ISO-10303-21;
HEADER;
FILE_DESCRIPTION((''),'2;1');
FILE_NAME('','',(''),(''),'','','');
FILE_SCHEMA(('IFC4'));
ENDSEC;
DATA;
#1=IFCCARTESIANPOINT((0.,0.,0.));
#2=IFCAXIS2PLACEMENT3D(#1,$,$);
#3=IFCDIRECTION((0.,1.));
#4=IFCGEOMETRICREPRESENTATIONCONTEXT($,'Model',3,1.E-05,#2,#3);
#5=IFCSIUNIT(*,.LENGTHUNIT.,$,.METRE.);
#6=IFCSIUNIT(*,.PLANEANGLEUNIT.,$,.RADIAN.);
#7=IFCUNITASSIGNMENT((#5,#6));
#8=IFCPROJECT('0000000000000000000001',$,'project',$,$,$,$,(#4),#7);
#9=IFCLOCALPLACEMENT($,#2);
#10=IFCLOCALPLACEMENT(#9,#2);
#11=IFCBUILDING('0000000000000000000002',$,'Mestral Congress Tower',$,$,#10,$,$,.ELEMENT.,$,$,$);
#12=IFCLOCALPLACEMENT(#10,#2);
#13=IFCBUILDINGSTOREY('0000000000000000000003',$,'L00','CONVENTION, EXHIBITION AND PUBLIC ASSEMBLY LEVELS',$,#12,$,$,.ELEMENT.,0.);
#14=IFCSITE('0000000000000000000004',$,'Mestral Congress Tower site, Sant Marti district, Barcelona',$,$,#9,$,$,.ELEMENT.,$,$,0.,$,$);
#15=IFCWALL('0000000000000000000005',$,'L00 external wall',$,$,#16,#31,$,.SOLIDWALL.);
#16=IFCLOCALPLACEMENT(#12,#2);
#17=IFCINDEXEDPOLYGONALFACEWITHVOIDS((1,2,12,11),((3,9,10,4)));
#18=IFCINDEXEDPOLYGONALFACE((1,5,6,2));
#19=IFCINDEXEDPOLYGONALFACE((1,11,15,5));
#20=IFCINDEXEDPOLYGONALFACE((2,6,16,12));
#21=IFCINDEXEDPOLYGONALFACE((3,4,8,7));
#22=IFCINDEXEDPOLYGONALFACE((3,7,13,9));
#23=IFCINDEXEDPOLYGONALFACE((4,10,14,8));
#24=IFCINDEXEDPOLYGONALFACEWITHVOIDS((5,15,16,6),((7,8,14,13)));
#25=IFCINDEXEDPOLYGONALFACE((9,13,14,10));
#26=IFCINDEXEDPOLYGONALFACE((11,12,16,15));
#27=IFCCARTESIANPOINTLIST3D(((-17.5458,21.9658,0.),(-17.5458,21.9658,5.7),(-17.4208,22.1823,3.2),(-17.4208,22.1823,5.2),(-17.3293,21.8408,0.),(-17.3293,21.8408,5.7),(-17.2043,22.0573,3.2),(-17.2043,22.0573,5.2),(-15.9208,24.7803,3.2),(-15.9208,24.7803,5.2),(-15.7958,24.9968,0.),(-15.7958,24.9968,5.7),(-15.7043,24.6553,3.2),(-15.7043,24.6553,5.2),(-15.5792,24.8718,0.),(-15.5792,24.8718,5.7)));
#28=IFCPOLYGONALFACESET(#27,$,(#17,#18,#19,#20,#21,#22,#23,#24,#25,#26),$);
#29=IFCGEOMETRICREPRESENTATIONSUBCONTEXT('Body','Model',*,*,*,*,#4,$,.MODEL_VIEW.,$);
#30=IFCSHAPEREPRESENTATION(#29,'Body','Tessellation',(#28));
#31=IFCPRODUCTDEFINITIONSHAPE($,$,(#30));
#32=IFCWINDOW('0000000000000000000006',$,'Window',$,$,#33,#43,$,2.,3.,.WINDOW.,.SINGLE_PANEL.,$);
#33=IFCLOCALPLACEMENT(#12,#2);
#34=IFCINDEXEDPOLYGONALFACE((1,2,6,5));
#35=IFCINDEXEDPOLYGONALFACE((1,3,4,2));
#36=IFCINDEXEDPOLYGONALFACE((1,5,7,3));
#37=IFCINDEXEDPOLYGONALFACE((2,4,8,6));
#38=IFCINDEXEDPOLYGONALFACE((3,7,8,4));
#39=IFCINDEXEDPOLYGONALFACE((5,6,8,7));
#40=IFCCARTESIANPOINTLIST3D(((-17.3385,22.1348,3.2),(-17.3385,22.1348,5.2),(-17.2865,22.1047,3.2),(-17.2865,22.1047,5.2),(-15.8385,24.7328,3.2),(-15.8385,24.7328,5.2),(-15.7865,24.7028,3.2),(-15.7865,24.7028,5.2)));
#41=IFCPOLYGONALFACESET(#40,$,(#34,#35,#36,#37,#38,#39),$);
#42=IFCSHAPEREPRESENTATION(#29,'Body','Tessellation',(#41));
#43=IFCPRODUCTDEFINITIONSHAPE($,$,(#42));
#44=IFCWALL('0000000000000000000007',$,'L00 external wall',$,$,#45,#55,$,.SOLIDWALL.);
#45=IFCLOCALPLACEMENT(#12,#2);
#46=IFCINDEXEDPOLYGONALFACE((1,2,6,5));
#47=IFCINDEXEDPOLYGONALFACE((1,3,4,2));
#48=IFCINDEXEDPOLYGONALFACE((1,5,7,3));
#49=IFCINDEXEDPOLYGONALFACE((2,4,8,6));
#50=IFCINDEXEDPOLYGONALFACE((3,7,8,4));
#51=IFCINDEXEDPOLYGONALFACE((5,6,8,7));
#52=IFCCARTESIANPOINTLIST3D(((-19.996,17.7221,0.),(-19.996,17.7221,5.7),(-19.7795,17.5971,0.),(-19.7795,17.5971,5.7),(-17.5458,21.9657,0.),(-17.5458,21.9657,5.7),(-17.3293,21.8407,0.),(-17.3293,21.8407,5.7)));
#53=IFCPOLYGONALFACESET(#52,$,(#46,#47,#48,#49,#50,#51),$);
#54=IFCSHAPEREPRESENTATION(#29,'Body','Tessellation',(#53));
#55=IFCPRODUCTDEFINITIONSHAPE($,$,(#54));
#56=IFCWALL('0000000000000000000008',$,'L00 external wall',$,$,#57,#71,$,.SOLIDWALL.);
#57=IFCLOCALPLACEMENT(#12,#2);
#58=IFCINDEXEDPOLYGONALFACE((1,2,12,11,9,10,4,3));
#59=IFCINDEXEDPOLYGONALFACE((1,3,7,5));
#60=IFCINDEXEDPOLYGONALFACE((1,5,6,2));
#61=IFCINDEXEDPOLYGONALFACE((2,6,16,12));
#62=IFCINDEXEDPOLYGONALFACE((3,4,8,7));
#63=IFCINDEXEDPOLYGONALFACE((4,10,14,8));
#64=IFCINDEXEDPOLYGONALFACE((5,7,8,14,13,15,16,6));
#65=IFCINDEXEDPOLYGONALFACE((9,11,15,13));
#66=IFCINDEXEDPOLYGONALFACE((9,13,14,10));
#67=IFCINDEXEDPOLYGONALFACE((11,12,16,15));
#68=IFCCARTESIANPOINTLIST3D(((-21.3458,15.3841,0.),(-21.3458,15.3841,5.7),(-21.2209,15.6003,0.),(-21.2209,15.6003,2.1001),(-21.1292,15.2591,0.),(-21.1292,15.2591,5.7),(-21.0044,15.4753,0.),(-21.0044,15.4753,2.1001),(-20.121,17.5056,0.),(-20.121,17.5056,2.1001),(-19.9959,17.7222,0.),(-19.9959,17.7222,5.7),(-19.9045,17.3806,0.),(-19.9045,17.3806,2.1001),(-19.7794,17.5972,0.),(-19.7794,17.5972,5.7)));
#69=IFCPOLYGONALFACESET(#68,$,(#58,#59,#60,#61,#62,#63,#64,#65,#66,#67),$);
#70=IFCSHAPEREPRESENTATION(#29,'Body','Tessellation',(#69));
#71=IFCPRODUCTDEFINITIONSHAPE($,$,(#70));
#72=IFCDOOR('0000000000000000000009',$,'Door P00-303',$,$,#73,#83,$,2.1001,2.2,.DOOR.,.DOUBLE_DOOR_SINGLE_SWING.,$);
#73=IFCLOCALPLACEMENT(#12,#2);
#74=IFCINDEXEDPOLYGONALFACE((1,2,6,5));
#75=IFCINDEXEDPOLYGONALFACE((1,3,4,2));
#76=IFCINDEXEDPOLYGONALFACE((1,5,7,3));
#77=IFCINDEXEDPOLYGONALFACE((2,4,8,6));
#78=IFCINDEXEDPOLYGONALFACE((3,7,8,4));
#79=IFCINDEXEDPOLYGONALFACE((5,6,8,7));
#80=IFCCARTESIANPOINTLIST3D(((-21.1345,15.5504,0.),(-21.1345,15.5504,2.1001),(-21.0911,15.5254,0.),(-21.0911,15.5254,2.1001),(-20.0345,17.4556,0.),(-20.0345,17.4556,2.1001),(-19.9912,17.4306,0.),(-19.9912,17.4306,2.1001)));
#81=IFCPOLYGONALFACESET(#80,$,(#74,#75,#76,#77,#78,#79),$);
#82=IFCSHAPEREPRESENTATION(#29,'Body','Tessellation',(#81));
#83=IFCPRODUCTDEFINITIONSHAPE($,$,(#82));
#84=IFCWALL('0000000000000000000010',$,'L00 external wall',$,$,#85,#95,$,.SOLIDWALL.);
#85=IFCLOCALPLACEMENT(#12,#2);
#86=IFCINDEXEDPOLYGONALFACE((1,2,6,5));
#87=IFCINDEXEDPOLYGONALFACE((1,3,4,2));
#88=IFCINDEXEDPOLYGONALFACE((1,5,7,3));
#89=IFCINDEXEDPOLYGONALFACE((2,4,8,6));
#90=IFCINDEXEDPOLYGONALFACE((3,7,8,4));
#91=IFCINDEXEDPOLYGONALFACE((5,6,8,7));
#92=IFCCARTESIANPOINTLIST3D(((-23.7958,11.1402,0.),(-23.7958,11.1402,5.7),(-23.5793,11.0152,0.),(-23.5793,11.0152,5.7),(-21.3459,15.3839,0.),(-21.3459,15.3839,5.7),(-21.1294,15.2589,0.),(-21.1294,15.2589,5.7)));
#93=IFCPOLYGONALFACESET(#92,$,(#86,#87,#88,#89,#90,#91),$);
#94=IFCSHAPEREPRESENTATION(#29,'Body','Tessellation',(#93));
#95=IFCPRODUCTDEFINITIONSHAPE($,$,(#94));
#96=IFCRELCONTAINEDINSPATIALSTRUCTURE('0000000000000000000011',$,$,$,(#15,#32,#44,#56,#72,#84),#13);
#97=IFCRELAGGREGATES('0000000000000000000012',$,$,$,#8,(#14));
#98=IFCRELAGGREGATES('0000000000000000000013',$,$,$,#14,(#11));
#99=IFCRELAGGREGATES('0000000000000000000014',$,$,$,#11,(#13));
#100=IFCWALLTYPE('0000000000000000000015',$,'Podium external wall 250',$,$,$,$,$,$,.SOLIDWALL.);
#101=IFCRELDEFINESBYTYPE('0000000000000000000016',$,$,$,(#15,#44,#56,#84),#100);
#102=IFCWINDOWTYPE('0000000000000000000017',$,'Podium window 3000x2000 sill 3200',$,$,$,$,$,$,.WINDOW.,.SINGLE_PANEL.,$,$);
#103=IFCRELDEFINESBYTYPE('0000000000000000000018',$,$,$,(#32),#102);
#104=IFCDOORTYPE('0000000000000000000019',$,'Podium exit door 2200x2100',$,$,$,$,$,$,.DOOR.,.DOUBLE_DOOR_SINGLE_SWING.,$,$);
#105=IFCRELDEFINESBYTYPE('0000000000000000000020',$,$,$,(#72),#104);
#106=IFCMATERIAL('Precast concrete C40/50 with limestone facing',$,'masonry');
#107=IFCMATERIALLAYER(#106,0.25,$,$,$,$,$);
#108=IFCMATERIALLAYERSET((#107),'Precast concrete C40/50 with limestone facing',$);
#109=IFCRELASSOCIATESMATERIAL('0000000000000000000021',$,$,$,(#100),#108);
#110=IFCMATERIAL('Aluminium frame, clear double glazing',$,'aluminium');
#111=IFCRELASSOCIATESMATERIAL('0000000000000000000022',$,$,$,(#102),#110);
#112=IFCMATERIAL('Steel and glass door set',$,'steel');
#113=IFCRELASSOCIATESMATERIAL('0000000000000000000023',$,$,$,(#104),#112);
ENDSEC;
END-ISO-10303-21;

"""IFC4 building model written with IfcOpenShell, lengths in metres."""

from ifc_helpers import new_model, si_unit, direction, frame, frame_2d, origin, place, context, subcontext, project, spatial, rectangle, extrude, material, layer, layer_set, type_object, element, fill, save


model = new_model("IFC4")

# Units and contexts
model_context = context("Model", 3, precision=1e-05, world=origin(), true_north=direction((0.0, 1.0)))
body_context = subcontext(model_context, "Body", "Model", "MODEL_VIEW")
ifc_project = project(units=[si_unit("LENGTHUNIT", "METRE"), si_unit("PLANEANGLEUNIT", "RADIAN")], contexts=[model_context])

# Site, building, storey
site_placement = place(None, origin())
site = spatial("IfcSite", under=ifc_project, at=site_placement, Name="Mestral Congress Tower site, Sant Marti district, Barcelona", CompositionType="ELEMENT", RefElevation=0.0)
building_placement = place(site_placement, origin())
building = spatial("IfcBuilding", under=site, at=building_placement, Name="Mestral Congress Tower", CompositionType="ELEMENT")
storey_placement = place(building_placement, origin())
storey = spatial("IfcBuildingStorey", under=building, at=storey_placement, Name="L00", Description="CONVENTION, EXHIBITION AND PUBLIC ASSEMBLY LEVELS", CompositionType="ELEMENT", Elevation=0.0)

# Wall, opening, window
ifc_material_1 = material(Name="Precast concrete C40/50 with limestone facing", Category="masonry")
ifc_layer = layer(ifc_material_1, 0.25)
ifc_layer_set = layer_set([ifc_layer], Name="Precast concrete C40/50 with limestone facing")
wall_type = type_object("IfcWallType", Name="Podium external wall 250", PredefinedType="SOLIDWALL", material=ifc_layer_set)
wall_1_placement = place(storey_placement, frame((-15.6875, 24.9343, 0.0), z_axis=(0.0, 0.0, 1.0), x_axis=(-0.50001, -0.866019, 0.0)))
wall_1 = element("IfcWall", 1, at=wall_1_placement, inside=storey, type_object=wall_type, Name="L00 external wall", PredefinedType="SOLIDWALL", context=body_context, shape_type="SweptSolid", body=[
    extrude(rectangle(XDim=3.5, YDim=0.25, at=frame_2d((1.75, 0.0))), origin(), (0.0, 0.0, 1.0), 5.7),
])
opening_1_placement = place(wall_1_placement, frame((0.25, 0.0, 3.2)))
opening_1 = element("IfcOpeningElement", 2, at=opening_1_placement, cuts=wall_1, PredefinedType="OPENING", context=body_context, shape_type="SweptSolid", body=[
    extrude(rectangle(XDim=3.0, YDim=2.0, at=frame_2d((1.5, 1.0))), frame((0.0, 0.135, 0.0), z_axis=(0.0, -1.0, 0.0), x_axis=(1.0, 0.0, 0.0)), (0.0, 0.0, 1.0), 0.27),
])
ifc_material_2 = material(Name="Aluminium frame, clear double glazing", Category="aluminium")
window_type = type_object("IfcWindowType", Name="Podium window 3000x2000 sill 3200", PartitioningType="SINGLE_PANEL", PredefinedType="WINDOW", material=ifc_material_2)
window_placement = place(opening_1_placement, origin())
window = element("IfcWindow", 3, at=window_placement, inside=storey, type_object=window_type, Name="Window", OverallHeight=2.0, OverallWidth=3.0, PartitioningType="SINGLE_PANEL", PredefinedType="WINDOW", context=body_context, shape_type="SweptSolid", body=[
    extrude(rectangle(XDim=3.0, YDim=2.0, at=frame_2d((1.5, 1.0))), frame((0.0, 0.03, 0.0), z_axis=(0.0, -1.0, 0.0), x_axis=(1.0, 0.0, 0.0)), (0.0, 0.0, 1.0), 0.0601),
])
fill(opening_1, window)

# Wall
wall_2_placement = place(storey_placement, frame((-17.4375, 21.9033, 0.0), z_axis=(0.0, 0.0, 1.0), x_axis=(-0.500019, -0.866015, 0.0)))
element("IfcWall", 4, at=wall_2_placement, inside=storey, type_object=wall_type, Name="L00 external wall", PredefinedType="SOLIDWALL", context=body_context, shape_type="SweptSolid", body=[
    extrude(rectangle(XDim=4.9001, YDim=0.25, at=frame_2d((2.4502, 0.0))), origin(), (0.0, 0.0, 1.0), 5.7),
])

# Wall, opening, door
wall_3_placement = place(storey_placement, frame((-19.8877, 17.6597, 0.0), z_axis=(0.0, 0.0, 1.0), x_axis=(-0.499981, -0.866037, 0.0)))
wall_3 = element("IfcWall", 5, at=wall_3_placement, inside=storey, type_object=wall_type, Name="L00 external wall", PredefinedType="SOLIDWALL", context=body_context, shape_type="SweptSolid", body=[
    extrude(rectangle(XDim=2.6997, YDim=0.25, at=frame_2d((1.3499, 0.0))), origin(), (0.0, 0.0, 1.0), 5.7),
])
opening_2_placement = place(wall_3_placement, frame((0.25, 0.0, 0.0)))
opening_2 = element("IfcOpeningElement", 6, at=opening_2_placement, cuts=wall_3, PredefinedType="OPENING", context=body_context, shape_type="SweptSolid", body=[
    extrude(rectangle(XDim=2.2, YDim=2.1001, at=frame_2d((1.1001, 1.05))), frame((0.0, 0.135, 0.0), z_axis=(0.0, -1.0, 0.0), x_axis=(1.0, 0.0, 0.0)), (0.0, 0.0, 1.0), 0.27),
])
ifc_material_3 = material(Name="Steel and glass door set", Category="steel")
door_type = type_object("IfcDoorType", Name="Podium exit door 2200x2100", OperationType="DOUBLE_DOOR_SINGLE_SWING", PredefinedType="DOOR", material=ifc_material_3)
door_placement = place(opening_2_placement, origin())
door = element("IfcDoor", 7, at=door_placement, inside=storey, type_object=door_type, Name="Door P00-303", OperationType="DOUBLE_DOOR_SINGLE_SWING", OverallHeight=2.1001, OverallWidth=2.2, PredefinedType="DOOR", context=body_context, shape_type="SweptSolid", body=[
    extrude(rectangle(XDim=2.2, YDim=2.1001, at=frame_2d((1.1001, 1.05))), frame((0.0, 0.0249, 0.0), z_axis=(0.0, -1.0, 0.0), x_axis=(1.0, 0.0, 0.0)), (0.0, 0.0, 1.0), 0.05),
])
fill(opening_2, door)

# Wall
wall_4_placement = place(storey_placement, frame((-21.2375, 15.3215, 0.0), z_axis=(0.0, 0.0, 1.0), x_axis=(-0.499981, -0.866036, 0.0)))
element("IfcWall", 8, at=wall_4_placement, inside=storey, type_object=wall_type, Name="L00 external wall", PredefinedType="SOLIDWALL", context=body_context, shape_type="SweptSolid", body=[
    extrude(rectangle(XDim=4.9001, YDim=0.25, at=frame_2d((2.4502, 0.0))), origin(), (0.0, 0.0, 1.0), 5.7),
])

save(model, "model.ifc")
